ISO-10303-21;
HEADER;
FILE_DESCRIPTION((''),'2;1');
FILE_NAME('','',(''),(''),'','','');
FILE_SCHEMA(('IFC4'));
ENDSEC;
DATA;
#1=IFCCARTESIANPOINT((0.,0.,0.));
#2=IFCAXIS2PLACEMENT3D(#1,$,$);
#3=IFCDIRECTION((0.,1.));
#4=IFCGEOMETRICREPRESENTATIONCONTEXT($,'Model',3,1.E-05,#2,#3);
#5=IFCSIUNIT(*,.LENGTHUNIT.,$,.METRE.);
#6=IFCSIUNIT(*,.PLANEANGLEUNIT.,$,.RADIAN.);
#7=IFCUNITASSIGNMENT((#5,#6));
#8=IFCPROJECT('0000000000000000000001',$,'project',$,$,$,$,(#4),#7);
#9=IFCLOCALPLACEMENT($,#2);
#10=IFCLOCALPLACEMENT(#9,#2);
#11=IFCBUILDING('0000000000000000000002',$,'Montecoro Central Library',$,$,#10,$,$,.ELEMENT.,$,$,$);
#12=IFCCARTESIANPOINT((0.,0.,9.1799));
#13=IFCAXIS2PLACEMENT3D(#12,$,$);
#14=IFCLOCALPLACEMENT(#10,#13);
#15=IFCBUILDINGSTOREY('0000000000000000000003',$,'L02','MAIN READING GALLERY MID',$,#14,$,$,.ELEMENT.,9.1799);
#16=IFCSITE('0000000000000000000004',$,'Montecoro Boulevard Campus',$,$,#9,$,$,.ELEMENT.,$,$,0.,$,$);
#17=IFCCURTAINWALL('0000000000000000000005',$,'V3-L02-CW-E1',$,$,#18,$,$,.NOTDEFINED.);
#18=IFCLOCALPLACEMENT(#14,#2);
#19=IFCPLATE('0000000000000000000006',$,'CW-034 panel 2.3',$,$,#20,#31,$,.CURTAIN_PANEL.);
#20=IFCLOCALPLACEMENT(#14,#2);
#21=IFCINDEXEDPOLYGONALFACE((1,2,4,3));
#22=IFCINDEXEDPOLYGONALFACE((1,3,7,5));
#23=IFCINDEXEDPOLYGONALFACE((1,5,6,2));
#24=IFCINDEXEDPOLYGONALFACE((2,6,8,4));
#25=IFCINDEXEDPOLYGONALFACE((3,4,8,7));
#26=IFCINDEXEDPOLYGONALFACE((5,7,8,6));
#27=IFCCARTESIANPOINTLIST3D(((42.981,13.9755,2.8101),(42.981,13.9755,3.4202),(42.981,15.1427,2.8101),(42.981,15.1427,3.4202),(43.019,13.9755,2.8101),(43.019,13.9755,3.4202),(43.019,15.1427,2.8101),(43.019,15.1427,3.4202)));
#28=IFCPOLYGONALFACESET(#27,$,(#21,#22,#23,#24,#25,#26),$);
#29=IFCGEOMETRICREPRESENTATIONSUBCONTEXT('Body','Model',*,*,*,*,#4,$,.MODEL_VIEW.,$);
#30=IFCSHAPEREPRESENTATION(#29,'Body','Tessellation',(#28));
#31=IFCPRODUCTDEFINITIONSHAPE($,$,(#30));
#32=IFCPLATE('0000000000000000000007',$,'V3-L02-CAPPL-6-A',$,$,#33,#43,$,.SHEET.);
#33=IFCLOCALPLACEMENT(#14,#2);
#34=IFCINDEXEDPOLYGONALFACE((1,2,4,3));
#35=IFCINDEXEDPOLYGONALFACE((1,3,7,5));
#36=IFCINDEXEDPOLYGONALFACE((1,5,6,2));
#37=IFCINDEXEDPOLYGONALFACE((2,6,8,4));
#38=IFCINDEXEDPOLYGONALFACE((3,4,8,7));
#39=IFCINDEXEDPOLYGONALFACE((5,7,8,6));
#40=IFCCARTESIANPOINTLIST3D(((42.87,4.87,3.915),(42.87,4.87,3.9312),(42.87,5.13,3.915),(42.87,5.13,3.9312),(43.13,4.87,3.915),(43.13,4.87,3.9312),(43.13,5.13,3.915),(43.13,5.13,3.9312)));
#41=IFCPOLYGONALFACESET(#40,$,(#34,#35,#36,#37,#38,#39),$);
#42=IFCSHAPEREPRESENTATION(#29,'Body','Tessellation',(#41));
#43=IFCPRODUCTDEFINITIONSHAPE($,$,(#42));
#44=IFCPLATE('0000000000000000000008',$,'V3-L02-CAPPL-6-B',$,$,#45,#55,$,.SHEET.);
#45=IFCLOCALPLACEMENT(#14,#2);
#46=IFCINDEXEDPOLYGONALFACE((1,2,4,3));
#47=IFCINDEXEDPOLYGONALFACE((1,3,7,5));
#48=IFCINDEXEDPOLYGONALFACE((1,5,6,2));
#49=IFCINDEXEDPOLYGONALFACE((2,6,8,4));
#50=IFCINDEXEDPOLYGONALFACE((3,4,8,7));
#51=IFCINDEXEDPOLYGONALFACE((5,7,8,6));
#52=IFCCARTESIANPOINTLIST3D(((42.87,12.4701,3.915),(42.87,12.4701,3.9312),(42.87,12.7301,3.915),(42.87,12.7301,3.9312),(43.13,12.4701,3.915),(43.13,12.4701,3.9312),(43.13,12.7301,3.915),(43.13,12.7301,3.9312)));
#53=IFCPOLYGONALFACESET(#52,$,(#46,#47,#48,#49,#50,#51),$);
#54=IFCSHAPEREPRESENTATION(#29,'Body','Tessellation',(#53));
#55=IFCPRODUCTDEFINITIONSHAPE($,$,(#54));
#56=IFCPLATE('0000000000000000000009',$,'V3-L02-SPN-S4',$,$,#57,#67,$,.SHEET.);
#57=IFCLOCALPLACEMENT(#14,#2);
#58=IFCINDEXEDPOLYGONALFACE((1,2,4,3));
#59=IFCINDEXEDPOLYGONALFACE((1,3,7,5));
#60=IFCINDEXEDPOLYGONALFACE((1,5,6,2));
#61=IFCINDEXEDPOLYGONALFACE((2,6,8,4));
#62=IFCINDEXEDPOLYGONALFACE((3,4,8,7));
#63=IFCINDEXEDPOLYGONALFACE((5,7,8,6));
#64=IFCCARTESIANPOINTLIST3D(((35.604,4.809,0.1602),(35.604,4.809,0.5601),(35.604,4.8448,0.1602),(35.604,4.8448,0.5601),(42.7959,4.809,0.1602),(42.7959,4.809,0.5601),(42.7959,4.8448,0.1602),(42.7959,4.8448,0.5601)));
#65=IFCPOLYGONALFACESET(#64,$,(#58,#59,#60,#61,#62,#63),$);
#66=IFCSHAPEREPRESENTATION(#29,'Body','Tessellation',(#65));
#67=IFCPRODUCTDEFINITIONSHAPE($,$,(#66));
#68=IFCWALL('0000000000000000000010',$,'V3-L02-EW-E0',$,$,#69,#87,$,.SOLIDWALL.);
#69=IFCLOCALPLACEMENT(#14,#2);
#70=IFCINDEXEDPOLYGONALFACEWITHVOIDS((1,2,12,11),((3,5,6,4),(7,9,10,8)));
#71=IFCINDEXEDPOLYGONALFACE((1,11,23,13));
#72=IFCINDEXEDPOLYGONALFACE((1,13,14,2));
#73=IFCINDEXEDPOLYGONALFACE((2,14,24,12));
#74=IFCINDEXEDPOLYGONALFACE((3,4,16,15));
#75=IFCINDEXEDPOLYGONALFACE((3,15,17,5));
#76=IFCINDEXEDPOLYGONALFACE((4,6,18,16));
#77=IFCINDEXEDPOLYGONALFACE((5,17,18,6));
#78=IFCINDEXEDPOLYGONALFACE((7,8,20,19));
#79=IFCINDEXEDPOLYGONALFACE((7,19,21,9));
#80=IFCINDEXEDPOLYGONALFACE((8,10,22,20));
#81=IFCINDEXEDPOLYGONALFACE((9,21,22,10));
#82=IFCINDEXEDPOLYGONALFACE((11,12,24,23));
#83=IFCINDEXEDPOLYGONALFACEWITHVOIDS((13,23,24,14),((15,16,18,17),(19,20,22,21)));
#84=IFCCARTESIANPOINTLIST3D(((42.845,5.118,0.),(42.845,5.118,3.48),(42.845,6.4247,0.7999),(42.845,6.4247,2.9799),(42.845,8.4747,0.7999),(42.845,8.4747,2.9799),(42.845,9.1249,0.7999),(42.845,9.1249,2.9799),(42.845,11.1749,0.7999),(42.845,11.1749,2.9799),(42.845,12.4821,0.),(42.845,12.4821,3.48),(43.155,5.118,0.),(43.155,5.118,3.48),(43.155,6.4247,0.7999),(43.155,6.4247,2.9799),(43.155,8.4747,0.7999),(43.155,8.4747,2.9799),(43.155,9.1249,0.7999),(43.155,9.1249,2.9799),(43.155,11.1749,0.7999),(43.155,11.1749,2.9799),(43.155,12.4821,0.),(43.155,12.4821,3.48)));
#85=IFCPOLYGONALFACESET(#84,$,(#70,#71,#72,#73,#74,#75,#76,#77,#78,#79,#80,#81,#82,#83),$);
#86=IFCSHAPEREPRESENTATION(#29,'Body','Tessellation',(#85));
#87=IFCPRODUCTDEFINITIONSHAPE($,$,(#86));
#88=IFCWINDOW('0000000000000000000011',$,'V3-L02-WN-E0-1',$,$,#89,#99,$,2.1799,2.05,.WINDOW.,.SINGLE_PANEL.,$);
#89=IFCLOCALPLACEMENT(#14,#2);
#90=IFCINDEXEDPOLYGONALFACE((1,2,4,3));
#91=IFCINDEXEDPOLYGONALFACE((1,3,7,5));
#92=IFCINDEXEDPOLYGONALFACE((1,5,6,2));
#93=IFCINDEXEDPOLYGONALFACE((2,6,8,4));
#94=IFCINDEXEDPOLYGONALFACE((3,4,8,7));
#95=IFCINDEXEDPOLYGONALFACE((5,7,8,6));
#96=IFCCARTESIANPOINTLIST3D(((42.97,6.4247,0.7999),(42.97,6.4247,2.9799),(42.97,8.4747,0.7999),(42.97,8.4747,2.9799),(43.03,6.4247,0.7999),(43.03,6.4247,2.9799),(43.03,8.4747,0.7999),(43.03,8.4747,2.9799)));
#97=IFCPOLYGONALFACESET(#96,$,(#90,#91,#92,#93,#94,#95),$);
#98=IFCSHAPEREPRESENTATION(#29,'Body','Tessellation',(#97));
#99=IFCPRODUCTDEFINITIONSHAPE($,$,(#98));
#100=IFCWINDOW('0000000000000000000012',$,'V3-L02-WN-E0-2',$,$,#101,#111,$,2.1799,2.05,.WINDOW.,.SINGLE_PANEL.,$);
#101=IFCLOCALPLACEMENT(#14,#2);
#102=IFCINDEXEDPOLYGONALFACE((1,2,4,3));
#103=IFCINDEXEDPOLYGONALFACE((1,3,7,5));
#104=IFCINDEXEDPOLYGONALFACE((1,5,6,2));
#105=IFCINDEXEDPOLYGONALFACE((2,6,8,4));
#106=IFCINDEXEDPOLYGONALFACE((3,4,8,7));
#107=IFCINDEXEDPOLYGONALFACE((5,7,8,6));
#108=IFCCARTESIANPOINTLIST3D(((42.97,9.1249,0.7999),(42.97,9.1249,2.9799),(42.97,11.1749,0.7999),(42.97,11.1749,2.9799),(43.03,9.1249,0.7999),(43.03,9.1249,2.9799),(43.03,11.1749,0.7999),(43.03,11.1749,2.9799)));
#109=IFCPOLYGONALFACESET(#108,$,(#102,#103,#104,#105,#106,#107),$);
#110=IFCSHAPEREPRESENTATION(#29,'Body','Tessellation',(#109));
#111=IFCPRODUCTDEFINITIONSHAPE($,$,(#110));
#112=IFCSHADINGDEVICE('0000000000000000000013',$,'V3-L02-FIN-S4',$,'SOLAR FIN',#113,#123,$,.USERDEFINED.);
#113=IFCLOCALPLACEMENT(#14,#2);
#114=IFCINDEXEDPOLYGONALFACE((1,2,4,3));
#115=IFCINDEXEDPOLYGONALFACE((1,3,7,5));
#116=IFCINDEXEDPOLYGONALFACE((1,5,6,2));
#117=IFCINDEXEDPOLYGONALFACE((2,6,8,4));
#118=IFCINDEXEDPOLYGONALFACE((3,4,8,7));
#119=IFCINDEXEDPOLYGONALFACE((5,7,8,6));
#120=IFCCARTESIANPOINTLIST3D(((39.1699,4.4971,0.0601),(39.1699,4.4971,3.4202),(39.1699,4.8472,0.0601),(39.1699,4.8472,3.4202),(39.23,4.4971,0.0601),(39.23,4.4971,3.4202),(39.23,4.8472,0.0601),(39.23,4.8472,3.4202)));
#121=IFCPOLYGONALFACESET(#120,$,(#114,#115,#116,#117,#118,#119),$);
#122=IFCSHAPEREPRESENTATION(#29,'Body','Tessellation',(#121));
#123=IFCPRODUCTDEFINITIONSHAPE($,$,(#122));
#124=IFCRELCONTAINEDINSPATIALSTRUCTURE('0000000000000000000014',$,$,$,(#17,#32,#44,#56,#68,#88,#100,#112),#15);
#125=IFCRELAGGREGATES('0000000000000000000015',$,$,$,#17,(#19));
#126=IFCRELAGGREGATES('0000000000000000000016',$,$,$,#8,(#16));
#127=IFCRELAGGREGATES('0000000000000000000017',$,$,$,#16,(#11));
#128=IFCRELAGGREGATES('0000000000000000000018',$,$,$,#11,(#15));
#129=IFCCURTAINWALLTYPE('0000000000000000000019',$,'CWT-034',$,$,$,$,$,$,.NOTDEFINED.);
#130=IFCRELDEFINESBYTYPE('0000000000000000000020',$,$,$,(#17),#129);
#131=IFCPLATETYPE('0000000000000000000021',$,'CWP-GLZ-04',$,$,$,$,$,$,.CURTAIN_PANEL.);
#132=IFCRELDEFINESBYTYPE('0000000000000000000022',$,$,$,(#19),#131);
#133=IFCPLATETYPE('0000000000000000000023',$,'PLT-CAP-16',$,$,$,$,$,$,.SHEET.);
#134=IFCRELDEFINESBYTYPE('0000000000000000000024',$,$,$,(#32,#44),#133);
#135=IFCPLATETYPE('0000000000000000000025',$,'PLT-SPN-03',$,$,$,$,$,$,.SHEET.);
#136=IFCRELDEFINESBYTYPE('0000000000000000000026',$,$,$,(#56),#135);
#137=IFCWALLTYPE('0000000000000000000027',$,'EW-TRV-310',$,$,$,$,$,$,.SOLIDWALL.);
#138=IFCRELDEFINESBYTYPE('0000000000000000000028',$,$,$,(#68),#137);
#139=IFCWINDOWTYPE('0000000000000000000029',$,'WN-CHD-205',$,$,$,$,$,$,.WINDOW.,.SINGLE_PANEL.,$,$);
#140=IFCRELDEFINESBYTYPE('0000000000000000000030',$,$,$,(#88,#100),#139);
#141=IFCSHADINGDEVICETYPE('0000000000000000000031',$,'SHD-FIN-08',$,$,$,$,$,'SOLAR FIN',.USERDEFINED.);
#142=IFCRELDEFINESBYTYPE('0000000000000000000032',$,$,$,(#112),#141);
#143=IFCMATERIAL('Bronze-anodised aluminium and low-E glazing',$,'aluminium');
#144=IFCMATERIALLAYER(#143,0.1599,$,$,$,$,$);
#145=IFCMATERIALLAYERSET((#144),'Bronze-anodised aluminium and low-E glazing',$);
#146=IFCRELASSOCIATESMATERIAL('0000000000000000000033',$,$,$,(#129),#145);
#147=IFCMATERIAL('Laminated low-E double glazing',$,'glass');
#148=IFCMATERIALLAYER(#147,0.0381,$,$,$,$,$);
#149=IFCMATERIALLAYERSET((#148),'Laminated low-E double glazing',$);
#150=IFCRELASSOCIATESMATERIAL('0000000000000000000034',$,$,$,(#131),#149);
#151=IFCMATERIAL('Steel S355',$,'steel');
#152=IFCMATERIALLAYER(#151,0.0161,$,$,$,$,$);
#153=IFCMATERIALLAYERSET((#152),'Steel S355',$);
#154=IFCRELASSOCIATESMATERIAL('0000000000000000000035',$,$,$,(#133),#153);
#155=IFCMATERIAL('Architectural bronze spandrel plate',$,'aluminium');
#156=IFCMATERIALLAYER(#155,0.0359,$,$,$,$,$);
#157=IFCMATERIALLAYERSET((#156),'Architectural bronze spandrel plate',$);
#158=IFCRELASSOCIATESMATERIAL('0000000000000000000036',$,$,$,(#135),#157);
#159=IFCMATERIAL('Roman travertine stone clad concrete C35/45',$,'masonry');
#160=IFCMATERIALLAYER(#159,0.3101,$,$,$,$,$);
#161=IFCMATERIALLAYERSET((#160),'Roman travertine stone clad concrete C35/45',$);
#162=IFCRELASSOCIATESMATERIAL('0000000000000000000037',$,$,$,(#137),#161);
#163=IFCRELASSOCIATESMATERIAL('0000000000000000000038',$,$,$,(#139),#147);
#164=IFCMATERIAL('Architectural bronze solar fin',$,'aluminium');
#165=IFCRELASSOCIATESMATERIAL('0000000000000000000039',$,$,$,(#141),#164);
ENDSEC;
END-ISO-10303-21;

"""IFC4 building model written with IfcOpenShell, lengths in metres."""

from ifc_helpers import new_model, si_unit, direction, frame, frame_2d, origin, origin_2d, place, context, subcontext, project, spatial, rectangle, extrude, material, layer, layer_set, type_object, element, fill, aggregate, save


model = new_model("IFC4")

# Units and contexts
model_context = context("Model", 3, precision=1e-05, world=origin(), true_north=direction((0.0, 1.0)))
body_context = subcontext(model_context, "Body", "Model", "MODEL_VIEW")
ifc_project = project(units=[si_unit("LENGTHUNIT", "METRE"), si_unit("PLANEANGLEUNIT", "RADIAN")], contexts=[model_context])

# Site, building, storey
site_placement = place(None, origin())
site = spatial("IfcSite", under=ifc_project, at=site_placement, Name="Montecoro Boulevard Campus", CompositionType="ELEMENT", RefElevation=0.0)
building_placement = place(site_placement, origin())
building = spatial("IfcBuilding", under=site, at=building_placement, Name="Montecoro Central Library", CompositionType="ELEMENT")
storey_placement = place(building_placement, frame((0.0, 0.0, 9.1799)))
storey = spatial("IfcBuildingStorey", under=building, at=storey_placement, Name="L02", Description="MAIN READING GALLERY MID", CompositionType="ELEMENT", Elevation=9.1799)

# Shared definitions
ifc_material_1 = material(Name="Steel S355", Category="steel")

# Curtain wall, plate
ifc_material_2 = material(Name="Bronze-anodised aluminium and low-E glazing", Category="aluminium")
ifc_layer_1 = layer(ifc_material_2, 0.1599)
ifc_layer_set_1 = layer_set([ifc_layer_1], Name="Bronze-anodised aluminium and low-E glazing")
curtain_wall_type = type_object("IfcCurtainWallType", Name="CWT-034", PredefinedType="NOTDEFINED", material=ifc_layer_set_1)
curtain_wall_placement = place(storey_placement, origin())
curtain_wall = element("IfcCurtainWall", 1, at=curtain_wall_placement, inside=storey, type_object=curtain_wall_type, Name="V3-L02-CW-E1", PredefinedType="NOTDEFINED")
ifc_material_3 = material(Name="Laminated low-E double glazing", Category="glass")
ifc_layer_2 = layer(ifc_material_3, 0.0381)
ifc_layer_set_2 = layer_set([ifc_layer_2], Name="Laminated low-E double glazing")
plate_type_1 = type_object("IfcPlateType", Name="CWP-GLZ-04", PredefinedType="CURTAIN_PANEL", material=ifc_layer_set_2)
plate_1_placement = place(storey_placement, frame((43.0, 14.5591, 2.8101), z_axis=(0.0, 0.0, 1.0), x_axis=(0.0, 1.0, 0.0)))
plate_1 = element("IfcPlate", 2, at=plate_1_placement, type_object=plate_type_1, Name="CW-034 panel 2.3", PredefinedType="CURTAIN_PANEL", context=body_context, shape_type="SweptSolid", body=[
    extrude(rectangle(XDim=1.1672, YDim=0.0381, at=origin_2d()), origin(), (0.0, 0.0, 1.0), 0.6101),
])
aggregate(curtain_wall, [plate_1])

# Plates
ifc_layer_3 = layer(ifc_material_1, 0.0161)
ifc_layer_set_3 = layer_set([ifc_layer_3], Name="Steel S355")
plate_type_2 = type_object("IfcPlateType", Name="PLT-CAP-16", PredefinedType="SHEET", material=ifc_layer_set_3)
for number, where, z_axis, x_axis, name in (
    (3, (43.0, 5.0, 3.915), (0.0, 0.0, 1.0), (1.0, 0.0, 0.0), "V3-L02-CAPPL-6-A"),
    (4, (43.0, 12.6001, 3.915), (0.0, 0.0, 1.0), (1.0, 0.0, 0.0), "V3-L02-CAPPL-6-B"),
):
    element("IfcPlate", number, at=place(storey_placement, frame(where, z_axis=z_axis, x_axis=x_axis)), inside=storey, type_object=plate_type_2, Name=name, PredefinedType="SHEET", context=body_context, shape_type="SweptSolid", body=[
        extrude(rectangle(XDim=0.26, YDim=0.26, at=origin_2d()), origin(), (0.0, 0.0, 1.0), 0.0161),
    ])
ifc_material_4 = material(Name="Architectural bronze spandrel plate", Category="aluminium")
ifc_layer_4 = layer(ifc_material_4, 0.0359)
ifc_layer_set_4 = layer_set([ifc_layer_4], Name="Architectural bronze spandrel plate")
plate_type_3 = type_object("IfcPlateType", Name="PLT-SPN-03", PredefinedType="SHEET", material=ifc_layer_set_4)
plate_2_placement = place(storey_placement, frame((39.2, 4.8269, 0.1602), z_axis=(0.0, 0.0, 1.0), x_axis=(1.0, 0.0, 0.0)))
element("IfcPlate", 5, at=plate_2_placement, inside=storey, type_object=plate_type_3, Name="V3-L02-SPN-S4", PredefinedType="SHEET", context=body_context, shape_type="SweptSolid", body=[
    extrude(rectangle(XDim=7.1919, YDim=0.0359, at=origin_2d()), origin(), (0.0, 0.0, 1.0), 0.3999),
])

# Wall, openings, windows
ifc_material_5 = material(Name="Roman travertine stone clad concrete C35/45", Category="masonry")
ifc_layer_5 = layer(ifc_material_5, 0.3101)
ifc_layer_set_5 = layer_set([ifc_layer_5], Name="Roman travertine stone clad concrete C35/45")
wall_type = type_object("IfcWallType", Name="EW-TRV-310", PredefinedType="SOLIDWALL", material=ifc_layer_set_5)
wall_placement = place(storey_placement, frame((43.0, 5.1179, 0.0), z_axis=(0.0, 0.0, 1.0), x_axis=(0.0, 1.0, 0.0)))
wall = element("IfcWall", 6, at=wall_placement, inside=storey, type_object=wall_type, Name="V3-L02-EW-E0", PredefinedType="SOLIDWALL", context=body_context, shape_type="SweptSolid", body=[
    extrude(rectangle(XDim=7.364, YDim=0.3101, at=frame_2d((3.6821, 0.0))), origin(), (0.0, 0.0, 1.0), 3.48),
])
opening_1_placement = place(wall_placement, frame((1.3069, 0.0, 0.8)))
opening_1 = element("IfcOpeningElement", 7, at=opening_1_placement, cuts=wall, PredefinedType="OPENING", context=body_context, shape_type="SweptSolid", body=[
    extrude(rectangle(XDim=2.05, YDim=2.1799, at=frame_2d((1.0249, 1.0898))), frame((0.0, 0.165, 0.0), z_axis=(0.0, -1.0, 0.0), x_axis=(1.0, 0.0, 0.0)), (0.0, 0.0, 1.0), 0.3301),
])
opening_2_placement = place(wall_placement, frame((4.0071, 0.0, 0.8)))
opening_2 = element("IfcOpeningElement", 8, at=opening_2_placement, cuts=wall, PredefinedType="OPENING", context=body_context, shape_type="SweptSolid", body=[
    extrude(rectangle(XDim=2.05, YDim=2.1799, at=frame_2d((1.0249, 1.0898))), frame((0.0, 0.165, 0.0), z_axis=(0.0, -1.0, 0.0), x_axis=(1.0, 0.0, 0.0)), (0.0, 0.0, 1.0), 0.3301),
])
window_type = type_object("IfcWindowType", Name="WN-CHD-205", PartitioningType="SINGLE_PANEL", PredefinedType="WINDOW", material=ifc_material_3)
window_1_placement = place(opening_1_placement, origin())
window_1 = element("IfcWindow", 9, at=window_1_placement, inside=storey, type_object=window_type, Name="V3-L02-WN-E0-1", OverallHeight=2.1799, OverallWidth=2.05, PartitioningType="SINGLE_PANEL", PredefinedType="WINDOW", context=body_context, shape_type="SweptSolid", body=[
    extrude(rectangle(XDim=2.05, YDim=2.1799, at=frame_2d((1.0249, 1.0898))), frame((0.0, 0.03, 0.0), z_axis=(0.0, -1.0, 0.0), x_axis=(1.0, 0.0, 0.0)), (0.0, 0.0, 1.0), 0.0601),
])
fill(opening_1, window_1)
window_2_placement = place(opening_2_placement, origin())
window_2 = element("IfcWindow", 10, at=window_2_placement, inside=storey, type_object=window_type, Name="V3-L02-WN-E0-2", OverallHeight=2.1799, OverallWidth=2.05, PartitioningType="SINGLE_PANEL", PredefinedType="WINDOW", context=body_context, shape_type="SweptSolid", body=[
    extrude(rectangle(XDim=2.05, YDim=2.1799, at=frame_2d((1.0249, 1.0898))), frame((0.0, 0.03, 0.0), z_axis=(0.0, -1.0, 0.0), x_axis=(1.0, 0.0, 0.0)), (0.0, 0.0, 1.0), 0.0601),
])
fill(opening_2, window_2)

# Shading device
ifc_material_6 = material(Name="Architectural bronze solar fin", Category="aluminium")
shading_device_type = type_object("IfcShadingDeviceType", Name="SHD-FIN-08", ElementType="SOLAR FIN", PredefinedType="USERDEFINED", material=ifc_material_6)
shading_device_placement = place(storey_placement, frame((39.2, 4.6721, 0.0601), z_axis=(0.0, 0.0, 1.0), x_axis=(1.0, 0.0, 0.0)))
element("IfcShadingDevice", 11, at=shading_device_placement, inside=storey, type_object=shading_device_type, Name="V3-L02-FIN-S4", ObjectType="SOLAR FIN", PredefinedType="USERDEFINED", context=body_context, shape_type="SweptSolid", body=[
    extrude(rectangle(XDim=0.0601, YDim=0.3501, at=origin_2d()), origin(), (0.0, 0.0, 1.0), 3.3601),
])

save(model, "model.ifc")
